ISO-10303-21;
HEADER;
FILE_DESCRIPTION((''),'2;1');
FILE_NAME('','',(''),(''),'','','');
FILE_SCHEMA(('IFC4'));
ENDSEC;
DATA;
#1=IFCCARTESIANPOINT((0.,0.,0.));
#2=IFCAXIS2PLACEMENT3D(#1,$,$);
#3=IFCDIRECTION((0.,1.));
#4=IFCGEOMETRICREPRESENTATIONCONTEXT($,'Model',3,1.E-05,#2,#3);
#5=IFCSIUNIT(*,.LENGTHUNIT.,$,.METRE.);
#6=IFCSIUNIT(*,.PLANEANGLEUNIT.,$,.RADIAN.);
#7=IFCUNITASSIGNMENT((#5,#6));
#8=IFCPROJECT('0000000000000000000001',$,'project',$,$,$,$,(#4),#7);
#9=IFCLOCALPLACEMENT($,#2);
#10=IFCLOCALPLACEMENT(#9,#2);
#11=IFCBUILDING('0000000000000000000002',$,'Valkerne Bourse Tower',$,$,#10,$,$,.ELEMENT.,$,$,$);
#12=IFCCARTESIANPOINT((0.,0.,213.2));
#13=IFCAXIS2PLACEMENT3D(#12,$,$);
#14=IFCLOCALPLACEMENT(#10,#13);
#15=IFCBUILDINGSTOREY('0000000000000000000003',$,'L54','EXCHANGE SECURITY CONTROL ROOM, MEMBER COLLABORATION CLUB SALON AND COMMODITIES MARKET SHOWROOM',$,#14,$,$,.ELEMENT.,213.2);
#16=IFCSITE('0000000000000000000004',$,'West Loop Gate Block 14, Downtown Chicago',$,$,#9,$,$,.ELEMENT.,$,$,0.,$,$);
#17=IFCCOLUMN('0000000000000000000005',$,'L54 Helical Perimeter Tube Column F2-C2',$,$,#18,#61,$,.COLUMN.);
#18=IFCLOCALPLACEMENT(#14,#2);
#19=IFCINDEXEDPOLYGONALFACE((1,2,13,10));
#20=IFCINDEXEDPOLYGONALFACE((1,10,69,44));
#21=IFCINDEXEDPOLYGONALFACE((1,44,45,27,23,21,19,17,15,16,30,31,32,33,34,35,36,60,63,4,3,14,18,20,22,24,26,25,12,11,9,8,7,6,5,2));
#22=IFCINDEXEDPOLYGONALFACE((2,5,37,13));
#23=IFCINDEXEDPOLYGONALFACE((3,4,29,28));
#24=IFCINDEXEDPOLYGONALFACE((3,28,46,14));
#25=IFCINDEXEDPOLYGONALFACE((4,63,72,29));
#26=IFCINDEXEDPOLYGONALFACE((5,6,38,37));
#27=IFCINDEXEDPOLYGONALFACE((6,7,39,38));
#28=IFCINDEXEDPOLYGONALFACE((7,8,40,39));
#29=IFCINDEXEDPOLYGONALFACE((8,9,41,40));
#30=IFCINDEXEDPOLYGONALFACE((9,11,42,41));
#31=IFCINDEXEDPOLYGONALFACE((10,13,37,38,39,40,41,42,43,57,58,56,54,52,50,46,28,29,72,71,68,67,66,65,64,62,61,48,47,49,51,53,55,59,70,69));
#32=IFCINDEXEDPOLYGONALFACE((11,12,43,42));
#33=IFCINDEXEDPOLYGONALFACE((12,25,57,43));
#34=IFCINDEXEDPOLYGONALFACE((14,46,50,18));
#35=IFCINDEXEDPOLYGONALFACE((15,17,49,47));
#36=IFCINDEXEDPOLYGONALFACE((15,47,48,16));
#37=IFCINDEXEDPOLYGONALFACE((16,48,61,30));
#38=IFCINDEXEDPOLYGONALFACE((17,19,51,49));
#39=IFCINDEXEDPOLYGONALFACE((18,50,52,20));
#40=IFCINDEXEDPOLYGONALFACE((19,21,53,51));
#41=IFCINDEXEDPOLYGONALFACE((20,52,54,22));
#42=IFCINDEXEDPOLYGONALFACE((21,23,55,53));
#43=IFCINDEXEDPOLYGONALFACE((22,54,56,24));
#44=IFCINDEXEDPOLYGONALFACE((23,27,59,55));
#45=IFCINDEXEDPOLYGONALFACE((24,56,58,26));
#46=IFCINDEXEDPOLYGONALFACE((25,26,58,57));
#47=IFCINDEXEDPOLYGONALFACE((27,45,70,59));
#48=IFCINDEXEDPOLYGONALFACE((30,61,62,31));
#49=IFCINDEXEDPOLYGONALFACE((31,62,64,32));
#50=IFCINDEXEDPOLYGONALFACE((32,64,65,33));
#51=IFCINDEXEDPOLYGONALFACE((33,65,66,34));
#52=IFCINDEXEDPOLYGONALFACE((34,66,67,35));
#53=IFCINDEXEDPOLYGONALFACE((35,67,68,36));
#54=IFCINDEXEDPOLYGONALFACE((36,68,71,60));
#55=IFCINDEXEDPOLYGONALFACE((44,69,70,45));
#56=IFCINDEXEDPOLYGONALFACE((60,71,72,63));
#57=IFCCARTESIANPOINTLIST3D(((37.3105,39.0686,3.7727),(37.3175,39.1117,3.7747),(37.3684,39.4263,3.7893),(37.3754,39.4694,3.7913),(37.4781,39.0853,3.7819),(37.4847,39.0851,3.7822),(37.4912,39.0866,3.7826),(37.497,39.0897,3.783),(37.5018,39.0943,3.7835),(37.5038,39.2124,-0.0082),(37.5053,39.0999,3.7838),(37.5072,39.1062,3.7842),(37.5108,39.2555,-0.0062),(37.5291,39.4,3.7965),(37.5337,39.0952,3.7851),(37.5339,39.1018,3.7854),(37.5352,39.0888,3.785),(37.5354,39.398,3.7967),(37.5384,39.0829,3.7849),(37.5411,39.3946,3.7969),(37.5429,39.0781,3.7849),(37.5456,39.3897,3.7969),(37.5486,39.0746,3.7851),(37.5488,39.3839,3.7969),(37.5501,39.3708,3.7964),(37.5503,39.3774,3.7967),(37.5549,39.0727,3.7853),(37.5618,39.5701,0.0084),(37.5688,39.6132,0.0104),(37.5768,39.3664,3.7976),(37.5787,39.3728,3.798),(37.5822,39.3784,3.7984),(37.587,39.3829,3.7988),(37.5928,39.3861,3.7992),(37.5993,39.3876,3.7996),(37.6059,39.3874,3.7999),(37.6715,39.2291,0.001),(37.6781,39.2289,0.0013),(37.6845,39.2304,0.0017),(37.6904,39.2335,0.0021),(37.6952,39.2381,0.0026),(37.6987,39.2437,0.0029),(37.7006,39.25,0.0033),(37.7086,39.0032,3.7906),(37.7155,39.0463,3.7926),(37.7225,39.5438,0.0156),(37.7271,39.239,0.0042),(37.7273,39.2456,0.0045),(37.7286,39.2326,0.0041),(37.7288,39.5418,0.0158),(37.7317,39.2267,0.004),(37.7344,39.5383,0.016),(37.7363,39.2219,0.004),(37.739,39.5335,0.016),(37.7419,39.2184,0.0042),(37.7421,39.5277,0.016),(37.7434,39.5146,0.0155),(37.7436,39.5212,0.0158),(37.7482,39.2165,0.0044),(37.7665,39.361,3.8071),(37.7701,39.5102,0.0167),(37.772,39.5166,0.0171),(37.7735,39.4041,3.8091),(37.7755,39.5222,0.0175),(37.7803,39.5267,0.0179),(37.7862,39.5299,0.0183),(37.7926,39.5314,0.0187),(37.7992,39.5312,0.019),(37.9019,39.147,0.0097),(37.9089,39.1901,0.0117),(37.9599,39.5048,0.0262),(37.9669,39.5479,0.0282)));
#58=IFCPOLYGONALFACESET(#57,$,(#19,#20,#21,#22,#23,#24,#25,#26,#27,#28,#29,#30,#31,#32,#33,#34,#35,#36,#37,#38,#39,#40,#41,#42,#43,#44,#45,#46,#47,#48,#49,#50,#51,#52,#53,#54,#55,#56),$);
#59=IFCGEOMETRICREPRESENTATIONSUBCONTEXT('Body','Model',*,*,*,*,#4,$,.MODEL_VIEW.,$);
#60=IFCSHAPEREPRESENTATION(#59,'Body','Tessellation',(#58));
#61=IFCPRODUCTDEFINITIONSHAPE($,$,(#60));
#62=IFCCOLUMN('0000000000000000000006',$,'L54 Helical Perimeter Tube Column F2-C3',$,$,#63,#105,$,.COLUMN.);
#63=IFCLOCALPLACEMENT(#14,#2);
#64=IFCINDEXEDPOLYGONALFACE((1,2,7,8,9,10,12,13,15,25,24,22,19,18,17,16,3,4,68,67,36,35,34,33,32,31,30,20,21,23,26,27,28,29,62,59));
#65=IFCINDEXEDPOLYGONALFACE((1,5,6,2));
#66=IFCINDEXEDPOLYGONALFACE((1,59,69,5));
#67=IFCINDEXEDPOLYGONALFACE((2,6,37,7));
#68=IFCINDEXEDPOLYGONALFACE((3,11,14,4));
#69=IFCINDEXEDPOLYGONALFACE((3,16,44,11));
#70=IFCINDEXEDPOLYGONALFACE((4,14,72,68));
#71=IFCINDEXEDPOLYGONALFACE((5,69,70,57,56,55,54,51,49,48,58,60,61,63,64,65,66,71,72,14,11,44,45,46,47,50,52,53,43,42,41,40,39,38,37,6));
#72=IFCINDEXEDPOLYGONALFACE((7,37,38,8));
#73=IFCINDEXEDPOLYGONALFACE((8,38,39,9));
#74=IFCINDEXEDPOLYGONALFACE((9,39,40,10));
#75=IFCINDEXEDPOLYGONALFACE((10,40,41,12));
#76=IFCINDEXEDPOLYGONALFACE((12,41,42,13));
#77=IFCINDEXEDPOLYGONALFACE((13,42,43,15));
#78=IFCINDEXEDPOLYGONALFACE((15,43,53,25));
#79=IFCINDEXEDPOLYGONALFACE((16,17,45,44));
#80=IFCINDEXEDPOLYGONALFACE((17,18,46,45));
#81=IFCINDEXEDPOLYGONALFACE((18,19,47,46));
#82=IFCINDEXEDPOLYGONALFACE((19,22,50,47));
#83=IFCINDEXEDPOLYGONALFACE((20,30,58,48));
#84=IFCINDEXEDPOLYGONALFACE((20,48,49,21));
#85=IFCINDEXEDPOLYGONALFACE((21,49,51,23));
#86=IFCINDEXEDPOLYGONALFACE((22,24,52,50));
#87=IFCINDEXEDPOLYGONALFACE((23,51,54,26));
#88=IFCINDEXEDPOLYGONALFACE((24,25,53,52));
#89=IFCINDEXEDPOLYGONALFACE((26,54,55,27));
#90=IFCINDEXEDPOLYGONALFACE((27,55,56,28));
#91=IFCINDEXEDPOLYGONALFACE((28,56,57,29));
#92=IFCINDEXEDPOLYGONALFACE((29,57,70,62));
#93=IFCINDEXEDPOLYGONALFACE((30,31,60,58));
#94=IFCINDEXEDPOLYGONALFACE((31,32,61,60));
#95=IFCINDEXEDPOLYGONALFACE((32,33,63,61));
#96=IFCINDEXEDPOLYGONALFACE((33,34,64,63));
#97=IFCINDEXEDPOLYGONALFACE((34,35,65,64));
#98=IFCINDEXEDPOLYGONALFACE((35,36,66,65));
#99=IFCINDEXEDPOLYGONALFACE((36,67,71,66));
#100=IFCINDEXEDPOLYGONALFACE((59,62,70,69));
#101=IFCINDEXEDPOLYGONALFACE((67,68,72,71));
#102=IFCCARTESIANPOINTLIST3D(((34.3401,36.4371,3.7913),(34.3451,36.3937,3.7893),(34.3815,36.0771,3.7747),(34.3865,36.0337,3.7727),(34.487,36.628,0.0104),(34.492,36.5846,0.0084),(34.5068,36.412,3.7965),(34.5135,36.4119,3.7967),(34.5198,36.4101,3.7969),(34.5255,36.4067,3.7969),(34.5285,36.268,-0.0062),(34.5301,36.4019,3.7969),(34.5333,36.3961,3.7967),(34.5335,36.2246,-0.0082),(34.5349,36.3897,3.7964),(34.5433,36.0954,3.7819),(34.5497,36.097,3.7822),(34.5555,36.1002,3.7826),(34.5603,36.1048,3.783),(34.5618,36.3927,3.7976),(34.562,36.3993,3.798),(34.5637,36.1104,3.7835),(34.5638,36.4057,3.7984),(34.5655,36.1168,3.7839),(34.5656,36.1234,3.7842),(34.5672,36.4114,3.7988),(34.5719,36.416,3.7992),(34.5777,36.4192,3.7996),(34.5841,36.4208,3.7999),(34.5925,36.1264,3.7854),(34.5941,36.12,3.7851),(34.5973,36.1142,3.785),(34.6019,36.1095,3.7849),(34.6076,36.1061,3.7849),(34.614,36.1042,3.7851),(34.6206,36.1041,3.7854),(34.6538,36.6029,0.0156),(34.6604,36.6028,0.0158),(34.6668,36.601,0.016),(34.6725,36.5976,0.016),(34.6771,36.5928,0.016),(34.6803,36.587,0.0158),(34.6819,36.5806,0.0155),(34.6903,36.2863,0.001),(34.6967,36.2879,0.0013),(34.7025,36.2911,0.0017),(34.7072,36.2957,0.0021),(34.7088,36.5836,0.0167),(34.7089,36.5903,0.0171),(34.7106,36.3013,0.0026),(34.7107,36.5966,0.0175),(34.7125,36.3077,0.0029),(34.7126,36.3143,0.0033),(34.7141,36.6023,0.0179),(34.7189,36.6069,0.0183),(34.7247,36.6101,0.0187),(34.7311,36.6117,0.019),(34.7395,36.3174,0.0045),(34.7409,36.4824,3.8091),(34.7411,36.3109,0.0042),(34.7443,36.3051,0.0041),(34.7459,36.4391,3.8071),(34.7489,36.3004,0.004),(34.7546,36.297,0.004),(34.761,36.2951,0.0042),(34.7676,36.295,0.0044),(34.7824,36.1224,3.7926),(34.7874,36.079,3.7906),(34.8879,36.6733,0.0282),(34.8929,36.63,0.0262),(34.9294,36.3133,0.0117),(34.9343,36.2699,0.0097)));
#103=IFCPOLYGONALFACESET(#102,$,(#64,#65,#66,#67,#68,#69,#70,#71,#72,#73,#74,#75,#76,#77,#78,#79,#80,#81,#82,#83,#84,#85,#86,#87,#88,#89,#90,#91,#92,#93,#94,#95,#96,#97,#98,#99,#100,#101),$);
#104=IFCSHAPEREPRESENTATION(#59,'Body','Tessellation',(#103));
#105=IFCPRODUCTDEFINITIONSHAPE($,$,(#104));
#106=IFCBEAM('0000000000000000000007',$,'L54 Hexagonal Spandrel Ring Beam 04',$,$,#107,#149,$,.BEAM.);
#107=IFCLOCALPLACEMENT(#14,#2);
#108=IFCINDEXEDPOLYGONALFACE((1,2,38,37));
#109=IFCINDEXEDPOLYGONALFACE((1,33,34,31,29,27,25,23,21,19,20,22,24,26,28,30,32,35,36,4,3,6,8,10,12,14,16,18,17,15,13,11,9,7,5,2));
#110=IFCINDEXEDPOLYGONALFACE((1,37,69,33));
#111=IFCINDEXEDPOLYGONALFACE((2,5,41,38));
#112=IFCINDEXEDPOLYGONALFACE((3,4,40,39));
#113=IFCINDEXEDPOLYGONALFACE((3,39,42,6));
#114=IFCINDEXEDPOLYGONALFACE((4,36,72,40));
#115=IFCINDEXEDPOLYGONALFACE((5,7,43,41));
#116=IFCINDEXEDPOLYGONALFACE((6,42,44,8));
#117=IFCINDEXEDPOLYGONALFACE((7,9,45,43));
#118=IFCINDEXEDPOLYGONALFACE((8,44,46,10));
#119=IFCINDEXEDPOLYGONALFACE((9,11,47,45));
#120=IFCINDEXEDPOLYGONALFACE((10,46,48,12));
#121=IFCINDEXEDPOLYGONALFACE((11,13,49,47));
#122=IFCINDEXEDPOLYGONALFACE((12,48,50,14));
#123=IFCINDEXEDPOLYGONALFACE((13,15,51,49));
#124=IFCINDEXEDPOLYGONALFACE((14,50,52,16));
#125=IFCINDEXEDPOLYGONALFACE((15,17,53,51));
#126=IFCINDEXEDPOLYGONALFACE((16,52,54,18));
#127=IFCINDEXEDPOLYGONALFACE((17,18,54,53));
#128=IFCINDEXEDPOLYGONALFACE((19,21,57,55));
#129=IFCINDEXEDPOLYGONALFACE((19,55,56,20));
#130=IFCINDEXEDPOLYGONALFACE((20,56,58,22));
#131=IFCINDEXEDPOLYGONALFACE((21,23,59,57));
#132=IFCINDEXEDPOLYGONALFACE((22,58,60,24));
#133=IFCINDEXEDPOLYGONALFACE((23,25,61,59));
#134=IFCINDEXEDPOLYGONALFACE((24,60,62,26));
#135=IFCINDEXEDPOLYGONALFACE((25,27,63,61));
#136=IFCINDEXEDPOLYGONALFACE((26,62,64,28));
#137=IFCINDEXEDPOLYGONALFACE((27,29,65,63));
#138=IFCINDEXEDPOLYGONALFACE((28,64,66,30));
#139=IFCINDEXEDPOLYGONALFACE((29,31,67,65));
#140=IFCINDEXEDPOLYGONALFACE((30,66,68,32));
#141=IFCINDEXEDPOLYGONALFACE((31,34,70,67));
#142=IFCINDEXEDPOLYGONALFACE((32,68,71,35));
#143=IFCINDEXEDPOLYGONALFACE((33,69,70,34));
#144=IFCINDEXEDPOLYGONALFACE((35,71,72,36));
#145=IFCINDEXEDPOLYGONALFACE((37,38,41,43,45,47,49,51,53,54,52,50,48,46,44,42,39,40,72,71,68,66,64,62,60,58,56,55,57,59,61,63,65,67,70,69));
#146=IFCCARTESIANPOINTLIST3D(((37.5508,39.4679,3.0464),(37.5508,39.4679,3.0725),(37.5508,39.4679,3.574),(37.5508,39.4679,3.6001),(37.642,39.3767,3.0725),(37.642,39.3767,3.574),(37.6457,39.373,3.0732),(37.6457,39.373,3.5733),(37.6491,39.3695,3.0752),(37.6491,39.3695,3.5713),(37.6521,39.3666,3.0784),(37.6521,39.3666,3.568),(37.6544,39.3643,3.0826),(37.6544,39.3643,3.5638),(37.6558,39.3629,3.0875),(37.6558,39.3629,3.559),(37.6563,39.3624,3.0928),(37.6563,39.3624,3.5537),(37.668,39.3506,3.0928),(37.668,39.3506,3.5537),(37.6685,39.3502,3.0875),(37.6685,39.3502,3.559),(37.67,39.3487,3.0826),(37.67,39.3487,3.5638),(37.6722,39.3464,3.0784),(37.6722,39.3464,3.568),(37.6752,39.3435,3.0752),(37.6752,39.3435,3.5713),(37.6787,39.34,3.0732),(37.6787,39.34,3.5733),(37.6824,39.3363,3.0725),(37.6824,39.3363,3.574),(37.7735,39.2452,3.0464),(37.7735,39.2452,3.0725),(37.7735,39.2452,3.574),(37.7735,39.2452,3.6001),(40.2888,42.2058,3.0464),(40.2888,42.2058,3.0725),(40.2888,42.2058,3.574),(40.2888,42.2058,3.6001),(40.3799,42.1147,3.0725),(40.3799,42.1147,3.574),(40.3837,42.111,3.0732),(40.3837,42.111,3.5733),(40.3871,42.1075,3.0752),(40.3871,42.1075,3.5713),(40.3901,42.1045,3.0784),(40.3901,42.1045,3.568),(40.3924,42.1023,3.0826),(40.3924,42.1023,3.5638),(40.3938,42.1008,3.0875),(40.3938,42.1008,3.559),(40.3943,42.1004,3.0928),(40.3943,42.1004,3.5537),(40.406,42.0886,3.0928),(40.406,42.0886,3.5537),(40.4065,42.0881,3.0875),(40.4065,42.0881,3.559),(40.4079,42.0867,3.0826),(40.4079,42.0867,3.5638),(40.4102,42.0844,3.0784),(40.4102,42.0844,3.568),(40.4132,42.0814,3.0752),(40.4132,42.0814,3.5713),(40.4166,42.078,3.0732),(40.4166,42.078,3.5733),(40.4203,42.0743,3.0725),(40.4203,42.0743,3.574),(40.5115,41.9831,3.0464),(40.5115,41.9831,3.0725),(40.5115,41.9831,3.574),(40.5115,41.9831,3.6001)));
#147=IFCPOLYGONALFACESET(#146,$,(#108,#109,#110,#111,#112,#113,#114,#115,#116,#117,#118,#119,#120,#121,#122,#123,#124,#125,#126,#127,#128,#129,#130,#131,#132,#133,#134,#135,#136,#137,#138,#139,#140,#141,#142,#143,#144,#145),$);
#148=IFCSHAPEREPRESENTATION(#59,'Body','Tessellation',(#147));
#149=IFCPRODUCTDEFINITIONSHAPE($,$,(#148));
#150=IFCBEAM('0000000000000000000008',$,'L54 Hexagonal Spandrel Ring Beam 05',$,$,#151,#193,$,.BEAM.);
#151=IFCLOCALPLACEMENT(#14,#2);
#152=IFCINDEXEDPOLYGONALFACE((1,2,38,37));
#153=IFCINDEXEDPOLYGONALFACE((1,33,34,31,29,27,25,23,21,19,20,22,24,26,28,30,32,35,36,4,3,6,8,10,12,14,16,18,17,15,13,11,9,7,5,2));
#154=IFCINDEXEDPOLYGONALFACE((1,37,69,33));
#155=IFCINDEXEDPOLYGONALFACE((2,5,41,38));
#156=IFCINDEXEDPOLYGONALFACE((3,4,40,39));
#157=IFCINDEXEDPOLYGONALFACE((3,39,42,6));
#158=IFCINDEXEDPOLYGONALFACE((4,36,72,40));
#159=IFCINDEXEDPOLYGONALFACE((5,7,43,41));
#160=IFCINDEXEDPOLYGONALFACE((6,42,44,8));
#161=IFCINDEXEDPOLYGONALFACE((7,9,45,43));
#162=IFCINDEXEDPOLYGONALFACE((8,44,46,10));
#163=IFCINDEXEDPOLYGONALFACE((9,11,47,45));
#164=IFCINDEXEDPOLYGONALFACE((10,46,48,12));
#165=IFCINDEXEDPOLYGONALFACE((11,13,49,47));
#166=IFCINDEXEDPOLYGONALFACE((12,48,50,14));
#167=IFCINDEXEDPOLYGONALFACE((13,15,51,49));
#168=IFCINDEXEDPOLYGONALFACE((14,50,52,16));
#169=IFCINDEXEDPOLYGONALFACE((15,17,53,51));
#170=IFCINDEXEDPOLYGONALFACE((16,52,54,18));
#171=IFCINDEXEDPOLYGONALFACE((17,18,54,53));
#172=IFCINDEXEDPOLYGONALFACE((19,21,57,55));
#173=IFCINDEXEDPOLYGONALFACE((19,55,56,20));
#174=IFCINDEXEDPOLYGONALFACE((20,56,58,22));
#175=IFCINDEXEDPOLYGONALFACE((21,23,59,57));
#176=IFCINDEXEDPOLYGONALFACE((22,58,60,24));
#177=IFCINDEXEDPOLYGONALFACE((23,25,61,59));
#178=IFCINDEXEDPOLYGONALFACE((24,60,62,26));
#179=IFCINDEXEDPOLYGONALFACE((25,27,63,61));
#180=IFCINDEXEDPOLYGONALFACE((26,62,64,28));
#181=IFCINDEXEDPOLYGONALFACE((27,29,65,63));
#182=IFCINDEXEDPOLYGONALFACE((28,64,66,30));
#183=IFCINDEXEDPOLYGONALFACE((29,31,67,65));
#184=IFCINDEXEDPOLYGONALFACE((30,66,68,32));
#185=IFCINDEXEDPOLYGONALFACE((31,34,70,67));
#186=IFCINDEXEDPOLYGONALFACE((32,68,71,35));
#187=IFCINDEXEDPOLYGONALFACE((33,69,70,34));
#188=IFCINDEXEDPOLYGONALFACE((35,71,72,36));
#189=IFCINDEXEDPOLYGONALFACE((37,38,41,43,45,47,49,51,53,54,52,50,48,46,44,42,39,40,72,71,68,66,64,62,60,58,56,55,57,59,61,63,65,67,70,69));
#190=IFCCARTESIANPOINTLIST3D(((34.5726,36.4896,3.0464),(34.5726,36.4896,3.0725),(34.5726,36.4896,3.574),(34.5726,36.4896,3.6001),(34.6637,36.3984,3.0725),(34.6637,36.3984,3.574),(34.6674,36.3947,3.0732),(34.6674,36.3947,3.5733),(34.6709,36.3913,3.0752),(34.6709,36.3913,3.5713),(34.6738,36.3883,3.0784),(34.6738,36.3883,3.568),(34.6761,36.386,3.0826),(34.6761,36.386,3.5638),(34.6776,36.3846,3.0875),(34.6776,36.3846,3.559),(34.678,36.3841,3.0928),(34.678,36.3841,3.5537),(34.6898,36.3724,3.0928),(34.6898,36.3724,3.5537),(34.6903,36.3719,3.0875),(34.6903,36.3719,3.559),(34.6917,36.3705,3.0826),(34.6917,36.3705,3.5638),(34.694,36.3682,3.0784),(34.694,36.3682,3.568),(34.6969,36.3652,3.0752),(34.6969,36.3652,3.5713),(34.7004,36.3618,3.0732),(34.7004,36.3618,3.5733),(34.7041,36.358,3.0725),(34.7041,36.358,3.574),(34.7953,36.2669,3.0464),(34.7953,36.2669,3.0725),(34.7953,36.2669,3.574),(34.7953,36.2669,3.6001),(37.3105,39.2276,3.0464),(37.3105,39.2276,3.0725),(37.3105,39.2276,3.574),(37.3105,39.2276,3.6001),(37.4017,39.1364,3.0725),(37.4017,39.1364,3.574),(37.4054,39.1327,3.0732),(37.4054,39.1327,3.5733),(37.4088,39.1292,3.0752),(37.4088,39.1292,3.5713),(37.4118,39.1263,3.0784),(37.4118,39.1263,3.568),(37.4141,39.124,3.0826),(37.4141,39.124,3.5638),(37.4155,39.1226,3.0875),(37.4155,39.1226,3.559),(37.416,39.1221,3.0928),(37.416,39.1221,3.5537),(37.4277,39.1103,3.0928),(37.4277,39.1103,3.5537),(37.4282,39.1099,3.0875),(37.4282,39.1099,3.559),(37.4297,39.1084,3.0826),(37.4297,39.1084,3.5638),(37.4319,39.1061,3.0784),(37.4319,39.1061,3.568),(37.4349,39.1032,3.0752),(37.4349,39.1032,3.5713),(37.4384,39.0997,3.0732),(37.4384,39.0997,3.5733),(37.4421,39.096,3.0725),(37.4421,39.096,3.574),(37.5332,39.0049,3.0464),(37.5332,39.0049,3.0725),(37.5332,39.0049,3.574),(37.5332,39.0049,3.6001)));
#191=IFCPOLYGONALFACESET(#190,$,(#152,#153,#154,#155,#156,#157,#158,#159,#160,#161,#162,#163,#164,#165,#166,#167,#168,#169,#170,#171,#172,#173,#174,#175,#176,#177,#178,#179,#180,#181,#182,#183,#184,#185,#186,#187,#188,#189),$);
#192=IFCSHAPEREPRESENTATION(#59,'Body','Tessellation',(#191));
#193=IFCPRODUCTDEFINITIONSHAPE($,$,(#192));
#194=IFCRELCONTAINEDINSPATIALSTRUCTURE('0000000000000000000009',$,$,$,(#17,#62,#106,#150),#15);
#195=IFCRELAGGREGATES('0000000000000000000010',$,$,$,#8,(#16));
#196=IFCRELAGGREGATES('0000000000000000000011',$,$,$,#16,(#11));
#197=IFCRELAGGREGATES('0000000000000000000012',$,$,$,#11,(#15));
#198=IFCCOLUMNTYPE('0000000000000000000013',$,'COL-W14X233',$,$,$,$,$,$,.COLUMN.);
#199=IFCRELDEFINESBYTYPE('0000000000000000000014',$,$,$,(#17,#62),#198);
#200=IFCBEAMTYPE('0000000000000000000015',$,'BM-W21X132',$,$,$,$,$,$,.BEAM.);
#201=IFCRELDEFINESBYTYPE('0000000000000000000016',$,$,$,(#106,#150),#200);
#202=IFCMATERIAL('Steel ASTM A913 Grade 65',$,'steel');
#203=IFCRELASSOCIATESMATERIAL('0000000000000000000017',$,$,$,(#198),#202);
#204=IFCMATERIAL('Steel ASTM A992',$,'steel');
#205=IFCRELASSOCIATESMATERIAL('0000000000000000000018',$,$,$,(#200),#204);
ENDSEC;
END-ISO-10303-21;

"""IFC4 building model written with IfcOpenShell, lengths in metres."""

from ifc_helpers import new_model, si_unit, direction, frame, origin, origin_2d, place, context, subcontext, project, spatial, i_section, extrude, material, material_profile, profile_set, type_object, element, save


model = new_model("IFC4")

# Units and contexts
model_context = context("Model", 3, precision=1e-05, world=origin(), true_north=direction((0.0, 1.0)))
body_context = subcontext(model_context, "Body", "Model", "MODEL_VIEW")
ifc_project = project(units=[si_unit("LENGTHUNIT", "METRE"), si_unit("PLANEANGLEUNIT", "RADIAN")], contexts=[model_context])

# Site, building, storey
site_placement = place(None, origin())
site = spatial("IfcSite", under=ifc_project, at=site_placement, Name="West Loop Gate Block 14, Downtown Chicago", CompositionType="ELEMENT", RefElevation=0.0)
building_placement = place(site_placement, origin())
building = spatial("IfcBuilding", under=site, at=building_placement, Name="Valkerne Bourse Tower", CompositionType="ELEMENT")
storey_placement = place(building_placement, frame((0.0, 0.0, 213.2)))
storey = spatial("IfcBuildingStorey", under=building, at=storey_placement, Name="L54", Description="EXCHANGE SECURITY CONTROL ROOM, MEMBER COLLABORATION CLUB SALON AND COMMODITIES MARKET SHOWROOM", CompositionType="ELEMENT", Elevation=213.2)

# Columns
ifc_material_1 = material(Name="Steel ASTM A913 Grade 65", Category="steel")
ifc_material_profile_1 = material_profile(ifc_material_1, i_section(OverallWidth=0.4038, OverallDepth=0.4065, WebThickness=0.0271, FlangeThickness=0.0437, FilletRadius=0.0254, at=origin_2d()), Name="W14X233")
ifc_profile_set_1 = profile_set([ifc_material_profile_1], Name="Steel ASTM A913 Grade 65")
column_type = type_object("IfcColumnType", Name="COL-W14X233", PredefinedType="COLUMN", material=ifc_profile_set_1)
for number, where, z_axis, x_axis, name in (
    (1, (37.7354, 39.3801, 0.01), (-0.051036, -0.037955, 0.997975), (-0.985831, 0.161795, -0.044262), "L54 Helical Perimeter Tube Column F2-C2"),
    (2, (34.7107, 36.449, 0.01), (-0.038793, -0.050392, 0.997976), (-0.992692, -0.112263, -0.044256), "L54 Helical Perimeter Tube Column F2-C3"),
):
    element("IfcColumn", number, at=place(storey_placement, frame(where, z_axis=z_axis, x_axis=x_axis)), inside=storey, type_object=column_type, Name=name, PredefinedType="COLUMN", context=body_context, shape_type="SweptSolid", body=[
        extrude(i_section(OverallWidth=0.4038, OverallDepth=0.4065, WebThickness=0.0271, FlangeThickness=0.0437, FilletRadius=0.0254, at=origin_2d()), origin(), (0.0, 0.0, 1.0), 3.7886),
    ])

# Beams
ifc_material_2 = material(Name="Steel ASTM A992", Category="steel")
ifc_material_profile_2 = material_profile(ifc_material_2, i_section(OverallWidth=0.3149, OverallDepth=0.5537, WebThickness=0.0166, FlangeThickness=0.0261, FilletRadius=0.0203, at=origin_2d()), Name="W21X132")
ifc_profile_set_2 = profile_set([ifc_material_profile_2], Name="Steel ASTM A992")
beam_type_1 = type_object("IfcBeamType", Name="BM-W21X132", PredefinedType="BEAM", material=ifc_profile_set_2)
for number, where, z_axis, x_axis, name in (
    (3, (40.4001, 42.0945, 3.3232), (-0.707107, -0.707107, 0.0), (0.707107, -0.707107, 0.0), "L54 Hexagonal Spandrel Ring Beam 04"),
    (4, (37.4219, 39.1162, 3.3232), (-0.707107, -0.707107, 0.0), (0.707107, -0.707107, 0.0), "L54 Hexagonal Spandrel Ring Beam 05"),
):
    element("IfcBeam", number, at=place(storey_placement, frame(where, z_axis=z_axis, x_axis=x_axis)), inside=storey, type_object=beam_type_1, Name=name, PredefinedType="BEAM", context=body_context, shape_type="SweptSolid", body=[
        extrude(i_section(OverallWidth=0.3149, OverallDepth=0.5537, WebThickness=0.0166, FlangeThickness=0.0261, FilletRadius=0.0203, at=origin_2d()), origin(), (0.0, 0.0, 1.0), 3.8721),
    ])

save(model, "model.ifc")
